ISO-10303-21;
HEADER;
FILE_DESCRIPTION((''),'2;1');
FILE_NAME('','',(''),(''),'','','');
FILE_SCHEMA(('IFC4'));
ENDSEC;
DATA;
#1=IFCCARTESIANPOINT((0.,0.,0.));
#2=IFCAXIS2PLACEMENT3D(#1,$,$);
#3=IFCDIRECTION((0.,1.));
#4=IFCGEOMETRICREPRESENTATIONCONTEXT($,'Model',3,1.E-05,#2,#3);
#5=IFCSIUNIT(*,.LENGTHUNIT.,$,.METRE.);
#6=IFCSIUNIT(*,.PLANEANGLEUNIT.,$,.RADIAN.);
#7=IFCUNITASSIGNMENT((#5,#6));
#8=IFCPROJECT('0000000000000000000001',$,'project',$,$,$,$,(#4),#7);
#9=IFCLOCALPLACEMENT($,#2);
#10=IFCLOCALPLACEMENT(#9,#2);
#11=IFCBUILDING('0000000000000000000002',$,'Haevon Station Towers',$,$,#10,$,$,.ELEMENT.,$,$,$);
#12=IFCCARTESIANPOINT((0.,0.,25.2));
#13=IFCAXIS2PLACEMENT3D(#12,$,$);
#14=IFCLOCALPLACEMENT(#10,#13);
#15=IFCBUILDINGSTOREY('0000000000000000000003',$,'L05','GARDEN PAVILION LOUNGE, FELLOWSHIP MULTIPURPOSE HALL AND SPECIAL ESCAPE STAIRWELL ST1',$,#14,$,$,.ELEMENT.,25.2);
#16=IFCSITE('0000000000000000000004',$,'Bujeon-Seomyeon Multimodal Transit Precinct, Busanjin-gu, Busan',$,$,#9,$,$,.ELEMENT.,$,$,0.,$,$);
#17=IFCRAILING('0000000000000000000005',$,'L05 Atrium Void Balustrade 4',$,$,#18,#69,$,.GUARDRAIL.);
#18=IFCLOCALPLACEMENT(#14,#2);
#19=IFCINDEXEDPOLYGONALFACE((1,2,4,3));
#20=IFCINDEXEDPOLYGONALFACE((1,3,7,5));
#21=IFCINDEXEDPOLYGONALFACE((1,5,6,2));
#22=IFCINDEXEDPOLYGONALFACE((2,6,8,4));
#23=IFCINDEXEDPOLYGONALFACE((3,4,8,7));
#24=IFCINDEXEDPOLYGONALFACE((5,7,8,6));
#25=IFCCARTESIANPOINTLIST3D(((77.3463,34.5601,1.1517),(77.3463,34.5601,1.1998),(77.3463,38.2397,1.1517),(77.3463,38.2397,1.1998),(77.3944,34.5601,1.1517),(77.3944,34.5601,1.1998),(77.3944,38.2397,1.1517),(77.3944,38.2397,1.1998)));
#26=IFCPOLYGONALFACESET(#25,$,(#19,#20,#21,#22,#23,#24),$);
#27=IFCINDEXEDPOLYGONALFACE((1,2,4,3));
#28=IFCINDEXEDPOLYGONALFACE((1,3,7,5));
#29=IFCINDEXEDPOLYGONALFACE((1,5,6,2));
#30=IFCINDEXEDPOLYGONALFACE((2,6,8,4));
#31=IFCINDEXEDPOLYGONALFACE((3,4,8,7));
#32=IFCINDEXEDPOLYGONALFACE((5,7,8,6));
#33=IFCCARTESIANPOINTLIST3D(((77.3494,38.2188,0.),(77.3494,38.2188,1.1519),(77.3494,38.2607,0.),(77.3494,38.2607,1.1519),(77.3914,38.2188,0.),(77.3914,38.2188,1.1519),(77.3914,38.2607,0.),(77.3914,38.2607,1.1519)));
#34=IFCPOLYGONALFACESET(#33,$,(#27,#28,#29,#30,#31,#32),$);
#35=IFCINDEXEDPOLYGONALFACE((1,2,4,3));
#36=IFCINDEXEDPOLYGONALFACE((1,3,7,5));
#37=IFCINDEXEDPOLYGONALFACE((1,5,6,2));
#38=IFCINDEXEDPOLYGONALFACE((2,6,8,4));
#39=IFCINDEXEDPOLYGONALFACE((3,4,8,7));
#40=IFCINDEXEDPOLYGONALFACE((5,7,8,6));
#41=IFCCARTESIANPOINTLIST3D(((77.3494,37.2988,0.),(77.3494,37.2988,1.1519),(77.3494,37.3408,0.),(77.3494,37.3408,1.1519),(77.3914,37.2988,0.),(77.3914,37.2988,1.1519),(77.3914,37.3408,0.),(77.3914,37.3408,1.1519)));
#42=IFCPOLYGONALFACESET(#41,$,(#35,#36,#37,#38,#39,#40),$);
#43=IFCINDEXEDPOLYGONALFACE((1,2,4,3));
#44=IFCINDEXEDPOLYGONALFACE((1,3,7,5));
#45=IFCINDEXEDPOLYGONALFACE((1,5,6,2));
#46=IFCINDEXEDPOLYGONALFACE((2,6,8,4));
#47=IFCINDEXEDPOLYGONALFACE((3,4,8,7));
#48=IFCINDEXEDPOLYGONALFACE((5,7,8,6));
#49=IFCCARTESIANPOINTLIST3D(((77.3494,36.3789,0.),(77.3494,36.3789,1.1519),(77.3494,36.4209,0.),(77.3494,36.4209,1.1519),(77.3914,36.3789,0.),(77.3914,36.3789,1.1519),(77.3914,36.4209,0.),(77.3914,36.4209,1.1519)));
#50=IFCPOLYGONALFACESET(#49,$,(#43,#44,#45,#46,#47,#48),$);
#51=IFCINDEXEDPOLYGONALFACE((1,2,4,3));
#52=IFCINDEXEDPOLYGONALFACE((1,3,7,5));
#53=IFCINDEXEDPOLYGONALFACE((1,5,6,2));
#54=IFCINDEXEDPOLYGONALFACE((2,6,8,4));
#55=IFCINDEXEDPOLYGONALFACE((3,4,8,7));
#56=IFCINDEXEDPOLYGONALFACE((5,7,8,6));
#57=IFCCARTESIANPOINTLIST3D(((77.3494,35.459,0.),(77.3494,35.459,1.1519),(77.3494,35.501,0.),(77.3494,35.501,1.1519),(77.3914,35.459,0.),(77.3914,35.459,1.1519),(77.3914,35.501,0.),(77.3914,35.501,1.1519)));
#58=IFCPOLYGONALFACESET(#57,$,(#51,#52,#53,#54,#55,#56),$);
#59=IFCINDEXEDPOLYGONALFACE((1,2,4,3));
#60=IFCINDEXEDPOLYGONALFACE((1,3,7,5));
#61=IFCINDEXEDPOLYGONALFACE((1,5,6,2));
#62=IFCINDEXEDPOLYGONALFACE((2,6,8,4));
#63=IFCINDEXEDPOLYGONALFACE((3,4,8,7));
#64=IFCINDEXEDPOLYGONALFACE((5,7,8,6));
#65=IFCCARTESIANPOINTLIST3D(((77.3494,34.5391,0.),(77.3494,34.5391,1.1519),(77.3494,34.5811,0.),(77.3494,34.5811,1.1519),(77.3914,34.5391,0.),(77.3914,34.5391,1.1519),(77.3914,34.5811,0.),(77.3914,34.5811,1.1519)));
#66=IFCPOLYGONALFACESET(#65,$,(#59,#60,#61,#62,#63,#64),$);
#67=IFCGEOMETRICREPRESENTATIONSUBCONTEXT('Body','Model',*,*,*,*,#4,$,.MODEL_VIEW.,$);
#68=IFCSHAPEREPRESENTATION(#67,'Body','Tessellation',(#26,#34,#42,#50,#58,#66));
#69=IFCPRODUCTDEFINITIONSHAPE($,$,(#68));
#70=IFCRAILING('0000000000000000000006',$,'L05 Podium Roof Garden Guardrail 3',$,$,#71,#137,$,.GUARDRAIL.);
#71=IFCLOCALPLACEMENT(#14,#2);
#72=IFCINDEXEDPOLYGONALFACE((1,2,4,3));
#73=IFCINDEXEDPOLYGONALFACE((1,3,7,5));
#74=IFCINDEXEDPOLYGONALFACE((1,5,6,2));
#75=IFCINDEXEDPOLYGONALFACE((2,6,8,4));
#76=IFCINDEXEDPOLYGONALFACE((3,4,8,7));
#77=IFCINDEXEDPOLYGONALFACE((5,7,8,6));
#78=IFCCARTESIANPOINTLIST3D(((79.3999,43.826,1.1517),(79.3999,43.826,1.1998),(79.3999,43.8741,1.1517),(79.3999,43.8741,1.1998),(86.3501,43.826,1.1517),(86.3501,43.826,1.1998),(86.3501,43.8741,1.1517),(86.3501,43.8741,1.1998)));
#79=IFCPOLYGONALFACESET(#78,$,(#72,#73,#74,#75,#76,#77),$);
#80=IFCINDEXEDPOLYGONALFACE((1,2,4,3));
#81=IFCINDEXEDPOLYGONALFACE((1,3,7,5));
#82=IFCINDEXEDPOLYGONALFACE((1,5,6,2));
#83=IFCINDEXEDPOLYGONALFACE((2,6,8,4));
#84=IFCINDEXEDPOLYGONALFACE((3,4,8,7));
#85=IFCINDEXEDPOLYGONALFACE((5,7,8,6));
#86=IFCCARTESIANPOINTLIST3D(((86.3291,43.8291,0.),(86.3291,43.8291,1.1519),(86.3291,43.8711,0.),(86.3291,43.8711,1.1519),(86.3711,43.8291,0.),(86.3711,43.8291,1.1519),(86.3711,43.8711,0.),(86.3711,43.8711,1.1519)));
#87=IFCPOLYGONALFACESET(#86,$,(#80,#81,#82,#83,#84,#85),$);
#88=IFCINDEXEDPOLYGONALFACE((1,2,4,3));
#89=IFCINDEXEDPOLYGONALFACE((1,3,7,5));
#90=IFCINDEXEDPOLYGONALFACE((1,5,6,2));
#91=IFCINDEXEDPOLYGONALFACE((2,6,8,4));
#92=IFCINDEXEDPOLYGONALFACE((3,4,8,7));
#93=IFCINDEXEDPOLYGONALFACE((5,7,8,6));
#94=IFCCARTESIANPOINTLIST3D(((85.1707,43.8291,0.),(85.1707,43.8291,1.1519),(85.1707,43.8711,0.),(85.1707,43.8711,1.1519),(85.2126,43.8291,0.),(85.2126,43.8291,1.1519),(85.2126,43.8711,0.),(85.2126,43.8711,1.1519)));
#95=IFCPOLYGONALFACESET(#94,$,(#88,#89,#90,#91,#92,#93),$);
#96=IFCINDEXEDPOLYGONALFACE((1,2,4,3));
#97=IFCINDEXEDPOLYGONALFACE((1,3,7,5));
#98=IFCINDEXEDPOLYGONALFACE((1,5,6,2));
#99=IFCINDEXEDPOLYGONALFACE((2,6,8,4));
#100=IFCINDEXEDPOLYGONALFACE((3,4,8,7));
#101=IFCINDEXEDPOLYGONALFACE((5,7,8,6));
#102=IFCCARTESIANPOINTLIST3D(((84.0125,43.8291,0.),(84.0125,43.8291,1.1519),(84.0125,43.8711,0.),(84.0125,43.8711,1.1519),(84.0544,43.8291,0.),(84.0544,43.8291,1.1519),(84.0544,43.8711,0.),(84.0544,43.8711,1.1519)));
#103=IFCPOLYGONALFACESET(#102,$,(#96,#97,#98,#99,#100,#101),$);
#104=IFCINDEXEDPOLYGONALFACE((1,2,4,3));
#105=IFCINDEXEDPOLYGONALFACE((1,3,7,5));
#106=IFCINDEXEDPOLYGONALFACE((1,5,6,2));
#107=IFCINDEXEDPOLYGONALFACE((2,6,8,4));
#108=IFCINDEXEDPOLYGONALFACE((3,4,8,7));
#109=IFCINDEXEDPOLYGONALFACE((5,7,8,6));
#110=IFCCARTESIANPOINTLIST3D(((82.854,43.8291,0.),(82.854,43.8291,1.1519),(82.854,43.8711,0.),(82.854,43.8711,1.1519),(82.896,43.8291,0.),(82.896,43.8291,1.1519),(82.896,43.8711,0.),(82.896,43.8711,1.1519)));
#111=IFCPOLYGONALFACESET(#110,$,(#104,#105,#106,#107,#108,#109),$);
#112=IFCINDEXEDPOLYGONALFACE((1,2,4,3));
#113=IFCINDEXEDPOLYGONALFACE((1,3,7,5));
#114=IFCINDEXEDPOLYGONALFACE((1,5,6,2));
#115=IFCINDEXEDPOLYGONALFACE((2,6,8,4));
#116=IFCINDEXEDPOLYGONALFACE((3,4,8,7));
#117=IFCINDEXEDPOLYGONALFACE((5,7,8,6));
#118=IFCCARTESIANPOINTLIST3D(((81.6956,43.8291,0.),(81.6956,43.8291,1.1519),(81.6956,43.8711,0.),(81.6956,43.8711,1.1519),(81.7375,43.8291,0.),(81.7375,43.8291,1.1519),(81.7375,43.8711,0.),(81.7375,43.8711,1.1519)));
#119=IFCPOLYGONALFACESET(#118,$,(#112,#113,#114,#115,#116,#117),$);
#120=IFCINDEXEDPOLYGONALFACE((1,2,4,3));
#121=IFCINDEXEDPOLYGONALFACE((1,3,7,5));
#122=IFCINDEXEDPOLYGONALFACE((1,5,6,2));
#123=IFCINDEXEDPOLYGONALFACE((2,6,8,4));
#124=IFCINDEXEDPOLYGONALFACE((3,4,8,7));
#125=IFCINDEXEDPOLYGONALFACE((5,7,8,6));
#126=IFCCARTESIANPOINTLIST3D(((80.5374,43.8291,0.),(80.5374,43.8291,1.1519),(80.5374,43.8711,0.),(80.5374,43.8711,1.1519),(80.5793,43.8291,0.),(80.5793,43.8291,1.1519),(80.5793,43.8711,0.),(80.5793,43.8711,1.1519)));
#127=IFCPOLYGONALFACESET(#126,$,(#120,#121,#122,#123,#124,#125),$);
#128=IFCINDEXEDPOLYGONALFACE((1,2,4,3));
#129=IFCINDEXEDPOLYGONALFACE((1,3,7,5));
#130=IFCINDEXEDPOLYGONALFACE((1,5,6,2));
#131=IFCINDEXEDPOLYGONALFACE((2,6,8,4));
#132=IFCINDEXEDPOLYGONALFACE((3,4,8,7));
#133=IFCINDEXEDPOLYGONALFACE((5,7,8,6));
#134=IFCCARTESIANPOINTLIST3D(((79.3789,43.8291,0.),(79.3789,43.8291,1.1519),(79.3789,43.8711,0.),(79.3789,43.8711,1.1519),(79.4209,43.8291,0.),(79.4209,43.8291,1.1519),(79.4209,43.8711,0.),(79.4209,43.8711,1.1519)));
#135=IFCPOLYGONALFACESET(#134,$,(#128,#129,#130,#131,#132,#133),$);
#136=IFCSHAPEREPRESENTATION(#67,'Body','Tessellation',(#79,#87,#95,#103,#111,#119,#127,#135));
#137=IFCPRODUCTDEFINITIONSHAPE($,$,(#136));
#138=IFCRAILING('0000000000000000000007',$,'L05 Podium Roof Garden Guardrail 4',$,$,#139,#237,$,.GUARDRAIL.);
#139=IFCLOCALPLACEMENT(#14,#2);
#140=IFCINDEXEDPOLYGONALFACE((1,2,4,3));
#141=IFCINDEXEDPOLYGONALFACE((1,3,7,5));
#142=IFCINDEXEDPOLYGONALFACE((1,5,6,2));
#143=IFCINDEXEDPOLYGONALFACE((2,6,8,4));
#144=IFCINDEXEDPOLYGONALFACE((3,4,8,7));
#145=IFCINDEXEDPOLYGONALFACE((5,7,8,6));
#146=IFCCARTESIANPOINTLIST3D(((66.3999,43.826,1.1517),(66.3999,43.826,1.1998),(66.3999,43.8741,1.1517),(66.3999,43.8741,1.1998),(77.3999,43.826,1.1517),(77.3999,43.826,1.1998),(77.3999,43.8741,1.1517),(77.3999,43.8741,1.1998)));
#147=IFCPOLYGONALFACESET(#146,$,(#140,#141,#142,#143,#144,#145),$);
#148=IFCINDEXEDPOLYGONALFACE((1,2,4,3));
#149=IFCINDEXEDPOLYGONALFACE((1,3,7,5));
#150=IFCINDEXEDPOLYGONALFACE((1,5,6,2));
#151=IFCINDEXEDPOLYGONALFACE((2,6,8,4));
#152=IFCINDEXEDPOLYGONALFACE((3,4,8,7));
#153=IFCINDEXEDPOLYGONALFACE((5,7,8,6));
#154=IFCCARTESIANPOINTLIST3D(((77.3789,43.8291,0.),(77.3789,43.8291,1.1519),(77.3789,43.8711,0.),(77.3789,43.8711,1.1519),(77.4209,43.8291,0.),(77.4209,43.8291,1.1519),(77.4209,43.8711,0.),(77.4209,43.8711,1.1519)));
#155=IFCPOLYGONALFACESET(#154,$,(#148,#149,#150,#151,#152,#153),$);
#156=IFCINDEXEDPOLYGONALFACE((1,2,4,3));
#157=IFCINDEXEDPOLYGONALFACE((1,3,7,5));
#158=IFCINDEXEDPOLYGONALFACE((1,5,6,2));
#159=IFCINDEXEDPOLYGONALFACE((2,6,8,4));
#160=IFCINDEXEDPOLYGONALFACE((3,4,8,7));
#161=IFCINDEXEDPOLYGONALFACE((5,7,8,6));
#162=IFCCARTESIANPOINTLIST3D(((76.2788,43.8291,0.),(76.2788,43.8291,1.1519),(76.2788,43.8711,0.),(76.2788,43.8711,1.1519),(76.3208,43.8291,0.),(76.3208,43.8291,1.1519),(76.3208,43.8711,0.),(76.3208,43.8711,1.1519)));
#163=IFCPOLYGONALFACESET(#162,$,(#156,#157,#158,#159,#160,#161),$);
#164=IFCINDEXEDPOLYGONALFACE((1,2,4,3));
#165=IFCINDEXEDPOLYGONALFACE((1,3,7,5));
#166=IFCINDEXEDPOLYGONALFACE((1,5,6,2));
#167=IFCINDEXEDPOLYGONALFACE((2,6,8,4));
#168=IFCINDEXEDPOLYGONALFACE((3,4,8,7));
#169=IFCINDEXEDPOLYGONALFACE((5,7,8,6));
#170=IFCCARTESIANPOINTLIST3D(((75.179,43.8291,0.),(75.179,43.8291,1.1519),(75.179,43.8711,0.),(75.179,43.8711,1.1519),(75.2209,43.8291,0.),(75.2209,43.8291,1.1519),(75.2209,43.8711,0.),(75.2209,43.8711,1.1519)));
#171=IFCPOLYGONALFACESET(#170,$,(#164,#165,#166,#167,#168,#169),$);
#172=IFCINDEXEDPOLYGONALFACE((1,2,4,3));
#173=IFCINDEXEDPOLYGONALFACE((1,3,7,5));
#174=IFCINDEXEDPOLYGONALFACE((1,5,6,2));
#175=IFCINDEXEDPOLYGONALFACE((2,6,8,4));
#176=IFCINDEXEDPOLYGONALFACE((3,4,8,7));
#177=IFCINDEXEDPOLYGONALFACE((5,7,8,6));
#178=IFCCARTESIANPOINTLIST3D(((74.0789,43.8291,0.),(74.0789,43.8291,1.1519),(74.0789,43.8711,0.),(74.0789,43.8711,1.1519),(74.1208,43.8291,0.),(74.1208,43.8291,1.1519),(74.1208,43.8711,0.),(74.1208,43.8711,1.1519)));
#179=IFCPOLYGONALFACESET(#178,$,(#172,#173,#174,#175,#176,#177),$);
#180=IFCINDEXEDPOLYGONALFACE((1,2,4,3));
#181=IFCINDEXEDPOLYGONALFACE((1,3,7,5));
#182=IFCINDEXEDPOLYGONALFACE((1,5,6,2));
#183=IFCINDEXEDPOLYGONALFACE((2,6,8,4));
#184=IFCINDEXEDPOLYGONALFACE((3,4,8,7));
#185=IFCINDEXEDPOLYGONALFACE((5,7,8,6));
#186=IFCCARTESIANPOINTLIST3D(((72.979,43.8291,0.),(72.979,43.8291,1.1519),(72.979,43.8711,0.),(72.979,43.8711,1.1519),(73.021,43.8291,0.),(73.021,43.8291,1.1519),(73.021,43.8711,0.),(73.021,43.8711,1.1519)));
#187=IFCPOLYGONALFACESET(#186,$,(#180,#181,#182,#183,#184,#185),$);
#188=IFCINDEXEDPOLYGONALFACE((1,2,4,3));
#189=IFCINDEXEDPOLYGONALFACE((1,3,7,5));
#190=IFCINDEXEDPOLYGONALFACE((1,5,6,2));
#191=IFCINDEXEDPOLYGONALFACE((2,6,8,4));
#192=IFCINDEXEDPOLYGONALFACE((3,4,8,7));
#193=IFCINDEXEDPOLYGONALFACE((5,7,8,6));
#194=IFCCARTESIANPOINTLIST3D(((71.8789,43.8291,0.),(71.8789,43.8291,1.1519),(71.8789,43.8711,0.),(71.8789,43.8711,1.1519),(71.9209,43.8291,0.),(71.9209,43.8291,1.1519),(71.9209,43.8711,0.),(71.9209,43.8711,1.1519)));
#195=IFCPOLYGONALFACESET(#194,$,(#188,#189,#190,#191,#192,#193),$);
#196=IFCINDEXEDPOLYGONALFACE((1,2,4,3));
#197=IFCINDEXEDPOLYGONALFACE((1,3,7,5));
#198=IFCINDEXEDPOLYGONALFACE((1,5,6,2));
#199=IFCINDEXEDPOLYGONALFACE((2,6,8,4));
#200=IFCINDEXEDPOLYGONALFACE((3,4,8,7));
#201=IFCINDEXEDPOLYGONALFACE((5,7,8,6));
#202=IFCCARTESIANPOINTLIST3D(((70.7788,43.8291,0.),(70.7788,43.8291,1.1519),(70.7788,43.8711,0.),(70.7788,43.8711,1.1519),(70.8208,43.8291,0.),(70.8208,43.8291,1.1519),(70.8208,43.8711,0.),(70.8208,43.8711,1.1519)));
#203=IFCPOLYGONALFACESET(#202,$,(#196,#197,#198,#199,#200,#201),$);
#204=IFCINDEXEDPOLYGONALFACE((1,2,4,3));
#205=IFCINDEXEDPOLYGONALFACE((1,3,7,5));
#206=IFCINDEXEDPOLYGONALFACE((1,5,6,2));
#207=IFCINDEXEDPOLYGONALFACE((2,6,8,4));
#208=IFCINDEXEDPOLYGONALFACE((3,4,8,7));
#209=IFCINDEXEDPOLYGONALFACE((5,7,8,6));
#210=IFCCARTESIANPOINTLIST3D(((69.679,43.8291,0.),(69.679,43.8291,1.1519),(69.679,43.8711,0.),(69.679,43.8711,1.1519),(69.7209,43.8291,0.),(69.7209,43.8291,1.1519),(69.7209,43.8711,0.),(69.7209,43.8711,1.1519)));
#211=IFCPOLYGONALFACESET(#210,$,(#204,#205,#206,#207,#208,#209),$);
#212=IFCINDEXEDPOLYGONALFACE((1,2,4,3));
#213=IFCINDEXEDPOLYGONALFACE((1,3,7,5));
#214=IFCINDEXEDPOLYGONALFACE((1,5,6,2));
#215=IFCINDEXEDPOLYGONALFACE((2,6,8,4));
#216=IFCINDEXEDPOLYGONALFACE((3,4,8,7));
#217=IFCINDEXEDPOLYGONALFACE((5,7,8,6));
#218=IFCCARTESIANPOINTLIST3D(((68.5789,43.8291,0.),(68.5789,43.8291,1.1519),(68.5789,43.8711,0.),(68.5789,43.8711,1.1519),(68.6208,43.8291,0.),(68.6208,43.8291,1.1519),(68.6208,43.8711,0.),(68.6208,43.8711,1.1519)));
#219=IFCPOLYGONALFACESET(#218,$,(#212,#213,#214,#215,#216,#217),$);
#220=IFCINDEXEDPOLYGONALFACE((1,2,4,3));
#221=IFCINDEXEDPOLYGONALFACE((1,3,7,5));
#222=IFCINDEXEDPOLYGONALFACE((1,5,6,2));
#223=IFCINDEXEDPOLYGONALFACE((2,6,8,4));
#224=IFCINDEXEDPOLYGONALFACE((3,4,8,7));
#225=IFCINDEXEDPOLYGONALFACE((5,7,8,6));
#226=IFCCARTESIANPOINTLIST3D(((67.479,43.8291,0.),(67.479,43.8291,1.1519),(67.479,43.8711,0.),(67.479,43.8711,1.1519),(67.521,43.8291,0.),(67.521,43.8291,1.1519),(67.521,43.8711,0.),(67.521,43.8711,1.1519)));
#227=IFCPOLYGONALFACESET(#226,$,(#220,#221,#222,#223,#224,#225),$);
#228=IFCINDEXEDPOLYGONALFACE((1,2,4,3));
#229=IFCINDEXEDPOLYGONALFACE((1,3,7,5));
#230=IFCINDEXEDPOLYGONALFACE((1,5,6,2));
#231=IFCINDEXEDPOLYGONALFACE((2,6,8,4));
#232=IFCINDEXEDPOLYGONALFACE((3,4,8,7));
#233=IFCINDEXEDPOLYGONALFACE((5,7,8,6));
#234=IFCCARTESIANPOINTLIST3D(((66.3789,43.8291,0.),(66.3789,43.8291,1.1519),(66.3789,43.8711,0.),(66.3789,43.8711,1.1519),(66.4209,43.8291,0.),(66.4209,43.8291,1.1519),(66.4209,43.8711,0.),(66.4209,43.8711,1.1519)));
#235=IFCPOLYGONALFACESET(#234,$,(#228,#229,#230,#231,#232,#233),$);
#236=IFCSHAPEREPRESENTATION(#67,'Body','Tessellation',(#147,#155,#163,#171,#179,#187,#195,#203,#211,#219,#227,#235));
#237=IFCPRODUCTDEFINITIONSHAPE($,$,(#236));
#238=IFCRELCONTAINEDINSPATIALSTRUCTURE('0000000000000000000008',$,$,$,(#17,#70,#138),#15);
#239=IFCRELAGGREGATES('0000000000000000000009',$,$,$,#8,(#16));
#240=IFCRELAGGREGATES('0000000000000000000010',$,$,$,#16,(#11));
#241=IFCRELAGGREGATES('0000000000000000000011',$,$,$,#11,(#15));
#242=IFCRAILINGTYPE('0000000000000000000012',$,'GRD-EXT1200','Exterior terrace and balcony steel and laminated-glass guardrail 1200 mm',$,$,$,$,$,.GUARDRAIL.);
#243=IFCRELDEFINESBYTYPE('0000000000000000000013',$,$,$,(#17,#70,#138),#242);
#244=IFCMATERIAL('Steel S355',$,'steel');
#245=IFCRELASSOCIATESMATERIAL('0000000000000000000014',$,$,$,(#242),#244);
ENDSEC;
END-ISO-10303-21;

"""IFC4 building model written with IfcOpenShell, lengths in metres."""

from ifc_helpers import new_model, si_unit, direction, frame, origin, origin_2d, place, context, subcontext, project, spatial, rectangle, extrude, material, type_object, element, save


model = new_model("IFC4")

# Units and contexts
model_context = context("Model", 3, precision=1e-05, world=origin(), true_north=direction((0.0, 1.0)))
body_context = subcontext(model_context, "Body", "Model", "MODEL_VIEW")
ifc_project = project(units=[si_unit("LENGTHUNIT", "METRE"), si_unit("PLANEANGLEUNIT", "RADIAN")], contexts=[model_context])

# Site, building, storey
site_placement = place(None, origin())
site = spatial("IfcSite", under=ifc_project, at=site_placement, Name="Bujeon-Seomyeon Multimodal Transit Precinct, Busanjin-gu, Busan", CompositionType="ELEMENT", RefElevation=0.0)
building_placement = place(site_placement, origin())
building = spatial("IfcBuilding", under=site, at=building_placement, Name="Haevon Station Towers", CompositionType="ELEMENT")
storey_placement = place(building_placement, frame((0.0, 0.0, 25.2)))
storey = spatial("IfcBuildingStorey", under=building, at=storey_placement, Name="L05", Description="GARDEN PAVILION LOUNGE, FELLOWSHIP MULTIPURPOSE HALL AND SPECIAL ESCAPE STAIRWELL ST1", CompositionType="ELEMENT", Elevation=25.2)

# Railings
ifc_material_1 = material(Name="Steel S355", Category="steel")
railing_type_1 = type_object("IfcRailingType", Name="GRD-EXT1200", Description="Exterior terrace and balcony steel and laminated-glass guardrail 1200 mm", PredefinedType="GUARDRAIL", material=ifc_material_1)
railing_1_placement = place(storey_placement, frame((77.3704, 38.2397, 0.0)))
element("IfcRailing", 1, at=railing_1_placement, inside=storey, type_object=railing_type_1, Name="L05 Atrium Void Balustrade 4", PredefinedType="GUARDRAIL", context=body_context, shape_type="SweptSolid", body=[
    extrude(rectangle(XDim=0.0481, YDim=0.0481, at=origin_2d()), frame((0.0, 0.0, 1.1758), z_axis=(0.0, -1.0, 0.0), x_axis=(1.0, 0.0, 0.0)), (0.0, 0.0, 1.0), 3.6797),
    extrude(rectangle(XDim=0.042, YDim=0.042, at=origin_2d()), origin(), (0.0, 0.0, 1.0), 1.1519),
    extrude(rectangle(XDim=0.042, YDim=0.042, at=origin_2d()), frame((0.0, -0.9199, 0.0)), (0.0, 0.0, 1.0), 1.1519),
    extrude(rectangle(XDim=0.042, YDim=0.042, at=origin_2d()), frame((0.0, -1.8398, 0.0)), (0.0, 0.0, 1.0), 1.1519),
    extrude(rectangle(XDim=0.042, YDim=0.042, at=origin_2d()), frame((0.0, -2.7598, 0.0)), (0.0, 0.0, 1.0), 1.1519),
    extrude(rectangle(XDim=0.042, YDim=0.042, at=origin_2d()), frame((0.0, -3.6797, 0.0)), (0.0, 0.0, 1.0), 1.1519),
])
railing_2_placement = place(storey_placement, frame((86.3501, 43.8501, 0.0)))
element("IfcRailing", 2, at=railing_2_placement, inside=storey, type_object=railing_type_1, Name="L05 Podium Roof Garden Guardrail 3", PredefinedType="GUARDRAIL", context=body_context, shape_type="SweptSolid", body=[
    extrude(rectangle(XDim=0.0481, YDim=0.0481, at=origin_2d()), frame((0.0, 0.0, 1.1758), z_axis=(-1.0, 0.0, 0.0), x_axis=(0.0, -1.0, 0.0)), (0.0, 0.0, 1.0), 6.9502),
    extrude(rectangle(XDim=0.042, YDim=0.042, at=origin_2d()), origin(), (0.0, 0.0, 1.0), 1.1519),
    extrude(rectangle(XDim=0.042, YDim=0.042, at=origin_2d()), frame((-1.1584, 0.0, 0.0)), (0.0, 0.0, 1.0), 1.1519),
    extrude(rectangle(XDim=0.042, YDim=0.042, at=origin_2d()), frame((-2.3167, 0.0, 0.0)), (0.0, 0.0, 1.0), 1.1519),
    extrude(rectangle(XDim=0.042, YDim=0.042, at=origin_2d()), frame((-3.4751, 0.0, 0.0)), (0.0, 0.0, 1.0), 1.1519),
    extrude(rectangle(XDim=0.042, YDim=0.042, at=origin_2d()), frame((-4.6335, 0.0, 0.0)), (0.0, 0.0, 1.0), 1.1519),
    extrude(rectangle(XDim=0.042, YDim=0.042, at=origin_2d()), frame((-5.7917, 0.0, 0.0)), (0.0, 0.0, 1.0), 1.1519),
    extrude(rectangle(XDim=0.042, YDim=0.042, at=origin_2d()), frame((-6.9502, 0.0, 0.0)), (0.0, 0.0, 1.0), 1.1519),
])
railing_3_placement = place(storey_placement, frame((77.3999, 43.8501, 0.0)))
element("IfcRailing", 3, at=railing_3_placement, inside=storey, type_object=railing_type_1, Name="L05 Podium Roof Garden Guardrail 4", PredefinedType="GUARDRAIL", context=body_context, shape_type="SweptSolid", body=[
    extrude(rectangle(XDim=0.0481, YDim=0.0481, at=origin_2d()), frame((0.0, 0.0, 1.1758), z_axis=(-1.0, 0.0, 0.0), x_axis=(0.0, -1.0, 0.0)), (0.0, 0.0, 1.0), 11.0),
    extrude(rectangle(XDim=0.042, YDim=0.042, at=origin_2d()), origin(), (0.0, 0.0, 1.0), 1.1519),
    extrude(rectangle(XDim=0.042, YDim=0.042, at=origin_2d()), frame((-1.1001, 0.0, 0.0)), (0.0, 0.0, 1.0), 1.1519),
    extrude(rectangle(XDim=0.042, YDim=0.042, at=origin_2d()), frame((-2.2, 0.0, 0.0)), (0.0, 0.0, 1.0), 1.1519),
    extrude(rectangle(XDim=0.042, YDim=0.042, at=origin_2d()), frame((-3.3, 0.0, 0.0)), (0.0, 0.0, 1.0), 1.1519),
    extrude(rectangle(XDim=0.042, YDim=0.042, at=origin_2d()), frame((-4.3999, 0.0, 0.0)), (0.0, 0.0, 1.0), 1.1519),
    extrude(rectangle(XDim=0.042, YDim=0.042, at=origin_2d()), frame((-5.5, 0.0, 0.0)), (0.0, 0.0, 1.0), 1.1519),
    extrude(rectangle(XDim=0.042, YDim=0.042, at=origin_2d()), frame((-6.6001, 0.0, 0.0)), (0.0, 0.0, 1.0), 1.1519),
    extrude(rectangle(XDim=0.042, YDim=0.042, at=origin_2d()), frame((-7.7, 0.0, 0.0)), (0.0, 0.0, 1.0), 1.1519),
    extrude(rectangle(XDim=0.042, YDim=0.042, at=origin_2d()), frame((-8.8, 0.0, 0.0)), (0.0, 0.0, 1.0), 1.1519),
    extrude(rectangle(XDim=0.042, YDim=0.042, at=origin_2d()), frame((-9.8999, 0.0, 0.0)), (0.0, 0.0, 1.0), 1.1519),
    extrude(rectangle(XDim=0.042, YDim=0.042, at=origin_2d()), frame((-11.0, 0.0, 0.0)), (0.0, 0.0, 1.0), 1.1519),
])

save(model, "model.ifc")
